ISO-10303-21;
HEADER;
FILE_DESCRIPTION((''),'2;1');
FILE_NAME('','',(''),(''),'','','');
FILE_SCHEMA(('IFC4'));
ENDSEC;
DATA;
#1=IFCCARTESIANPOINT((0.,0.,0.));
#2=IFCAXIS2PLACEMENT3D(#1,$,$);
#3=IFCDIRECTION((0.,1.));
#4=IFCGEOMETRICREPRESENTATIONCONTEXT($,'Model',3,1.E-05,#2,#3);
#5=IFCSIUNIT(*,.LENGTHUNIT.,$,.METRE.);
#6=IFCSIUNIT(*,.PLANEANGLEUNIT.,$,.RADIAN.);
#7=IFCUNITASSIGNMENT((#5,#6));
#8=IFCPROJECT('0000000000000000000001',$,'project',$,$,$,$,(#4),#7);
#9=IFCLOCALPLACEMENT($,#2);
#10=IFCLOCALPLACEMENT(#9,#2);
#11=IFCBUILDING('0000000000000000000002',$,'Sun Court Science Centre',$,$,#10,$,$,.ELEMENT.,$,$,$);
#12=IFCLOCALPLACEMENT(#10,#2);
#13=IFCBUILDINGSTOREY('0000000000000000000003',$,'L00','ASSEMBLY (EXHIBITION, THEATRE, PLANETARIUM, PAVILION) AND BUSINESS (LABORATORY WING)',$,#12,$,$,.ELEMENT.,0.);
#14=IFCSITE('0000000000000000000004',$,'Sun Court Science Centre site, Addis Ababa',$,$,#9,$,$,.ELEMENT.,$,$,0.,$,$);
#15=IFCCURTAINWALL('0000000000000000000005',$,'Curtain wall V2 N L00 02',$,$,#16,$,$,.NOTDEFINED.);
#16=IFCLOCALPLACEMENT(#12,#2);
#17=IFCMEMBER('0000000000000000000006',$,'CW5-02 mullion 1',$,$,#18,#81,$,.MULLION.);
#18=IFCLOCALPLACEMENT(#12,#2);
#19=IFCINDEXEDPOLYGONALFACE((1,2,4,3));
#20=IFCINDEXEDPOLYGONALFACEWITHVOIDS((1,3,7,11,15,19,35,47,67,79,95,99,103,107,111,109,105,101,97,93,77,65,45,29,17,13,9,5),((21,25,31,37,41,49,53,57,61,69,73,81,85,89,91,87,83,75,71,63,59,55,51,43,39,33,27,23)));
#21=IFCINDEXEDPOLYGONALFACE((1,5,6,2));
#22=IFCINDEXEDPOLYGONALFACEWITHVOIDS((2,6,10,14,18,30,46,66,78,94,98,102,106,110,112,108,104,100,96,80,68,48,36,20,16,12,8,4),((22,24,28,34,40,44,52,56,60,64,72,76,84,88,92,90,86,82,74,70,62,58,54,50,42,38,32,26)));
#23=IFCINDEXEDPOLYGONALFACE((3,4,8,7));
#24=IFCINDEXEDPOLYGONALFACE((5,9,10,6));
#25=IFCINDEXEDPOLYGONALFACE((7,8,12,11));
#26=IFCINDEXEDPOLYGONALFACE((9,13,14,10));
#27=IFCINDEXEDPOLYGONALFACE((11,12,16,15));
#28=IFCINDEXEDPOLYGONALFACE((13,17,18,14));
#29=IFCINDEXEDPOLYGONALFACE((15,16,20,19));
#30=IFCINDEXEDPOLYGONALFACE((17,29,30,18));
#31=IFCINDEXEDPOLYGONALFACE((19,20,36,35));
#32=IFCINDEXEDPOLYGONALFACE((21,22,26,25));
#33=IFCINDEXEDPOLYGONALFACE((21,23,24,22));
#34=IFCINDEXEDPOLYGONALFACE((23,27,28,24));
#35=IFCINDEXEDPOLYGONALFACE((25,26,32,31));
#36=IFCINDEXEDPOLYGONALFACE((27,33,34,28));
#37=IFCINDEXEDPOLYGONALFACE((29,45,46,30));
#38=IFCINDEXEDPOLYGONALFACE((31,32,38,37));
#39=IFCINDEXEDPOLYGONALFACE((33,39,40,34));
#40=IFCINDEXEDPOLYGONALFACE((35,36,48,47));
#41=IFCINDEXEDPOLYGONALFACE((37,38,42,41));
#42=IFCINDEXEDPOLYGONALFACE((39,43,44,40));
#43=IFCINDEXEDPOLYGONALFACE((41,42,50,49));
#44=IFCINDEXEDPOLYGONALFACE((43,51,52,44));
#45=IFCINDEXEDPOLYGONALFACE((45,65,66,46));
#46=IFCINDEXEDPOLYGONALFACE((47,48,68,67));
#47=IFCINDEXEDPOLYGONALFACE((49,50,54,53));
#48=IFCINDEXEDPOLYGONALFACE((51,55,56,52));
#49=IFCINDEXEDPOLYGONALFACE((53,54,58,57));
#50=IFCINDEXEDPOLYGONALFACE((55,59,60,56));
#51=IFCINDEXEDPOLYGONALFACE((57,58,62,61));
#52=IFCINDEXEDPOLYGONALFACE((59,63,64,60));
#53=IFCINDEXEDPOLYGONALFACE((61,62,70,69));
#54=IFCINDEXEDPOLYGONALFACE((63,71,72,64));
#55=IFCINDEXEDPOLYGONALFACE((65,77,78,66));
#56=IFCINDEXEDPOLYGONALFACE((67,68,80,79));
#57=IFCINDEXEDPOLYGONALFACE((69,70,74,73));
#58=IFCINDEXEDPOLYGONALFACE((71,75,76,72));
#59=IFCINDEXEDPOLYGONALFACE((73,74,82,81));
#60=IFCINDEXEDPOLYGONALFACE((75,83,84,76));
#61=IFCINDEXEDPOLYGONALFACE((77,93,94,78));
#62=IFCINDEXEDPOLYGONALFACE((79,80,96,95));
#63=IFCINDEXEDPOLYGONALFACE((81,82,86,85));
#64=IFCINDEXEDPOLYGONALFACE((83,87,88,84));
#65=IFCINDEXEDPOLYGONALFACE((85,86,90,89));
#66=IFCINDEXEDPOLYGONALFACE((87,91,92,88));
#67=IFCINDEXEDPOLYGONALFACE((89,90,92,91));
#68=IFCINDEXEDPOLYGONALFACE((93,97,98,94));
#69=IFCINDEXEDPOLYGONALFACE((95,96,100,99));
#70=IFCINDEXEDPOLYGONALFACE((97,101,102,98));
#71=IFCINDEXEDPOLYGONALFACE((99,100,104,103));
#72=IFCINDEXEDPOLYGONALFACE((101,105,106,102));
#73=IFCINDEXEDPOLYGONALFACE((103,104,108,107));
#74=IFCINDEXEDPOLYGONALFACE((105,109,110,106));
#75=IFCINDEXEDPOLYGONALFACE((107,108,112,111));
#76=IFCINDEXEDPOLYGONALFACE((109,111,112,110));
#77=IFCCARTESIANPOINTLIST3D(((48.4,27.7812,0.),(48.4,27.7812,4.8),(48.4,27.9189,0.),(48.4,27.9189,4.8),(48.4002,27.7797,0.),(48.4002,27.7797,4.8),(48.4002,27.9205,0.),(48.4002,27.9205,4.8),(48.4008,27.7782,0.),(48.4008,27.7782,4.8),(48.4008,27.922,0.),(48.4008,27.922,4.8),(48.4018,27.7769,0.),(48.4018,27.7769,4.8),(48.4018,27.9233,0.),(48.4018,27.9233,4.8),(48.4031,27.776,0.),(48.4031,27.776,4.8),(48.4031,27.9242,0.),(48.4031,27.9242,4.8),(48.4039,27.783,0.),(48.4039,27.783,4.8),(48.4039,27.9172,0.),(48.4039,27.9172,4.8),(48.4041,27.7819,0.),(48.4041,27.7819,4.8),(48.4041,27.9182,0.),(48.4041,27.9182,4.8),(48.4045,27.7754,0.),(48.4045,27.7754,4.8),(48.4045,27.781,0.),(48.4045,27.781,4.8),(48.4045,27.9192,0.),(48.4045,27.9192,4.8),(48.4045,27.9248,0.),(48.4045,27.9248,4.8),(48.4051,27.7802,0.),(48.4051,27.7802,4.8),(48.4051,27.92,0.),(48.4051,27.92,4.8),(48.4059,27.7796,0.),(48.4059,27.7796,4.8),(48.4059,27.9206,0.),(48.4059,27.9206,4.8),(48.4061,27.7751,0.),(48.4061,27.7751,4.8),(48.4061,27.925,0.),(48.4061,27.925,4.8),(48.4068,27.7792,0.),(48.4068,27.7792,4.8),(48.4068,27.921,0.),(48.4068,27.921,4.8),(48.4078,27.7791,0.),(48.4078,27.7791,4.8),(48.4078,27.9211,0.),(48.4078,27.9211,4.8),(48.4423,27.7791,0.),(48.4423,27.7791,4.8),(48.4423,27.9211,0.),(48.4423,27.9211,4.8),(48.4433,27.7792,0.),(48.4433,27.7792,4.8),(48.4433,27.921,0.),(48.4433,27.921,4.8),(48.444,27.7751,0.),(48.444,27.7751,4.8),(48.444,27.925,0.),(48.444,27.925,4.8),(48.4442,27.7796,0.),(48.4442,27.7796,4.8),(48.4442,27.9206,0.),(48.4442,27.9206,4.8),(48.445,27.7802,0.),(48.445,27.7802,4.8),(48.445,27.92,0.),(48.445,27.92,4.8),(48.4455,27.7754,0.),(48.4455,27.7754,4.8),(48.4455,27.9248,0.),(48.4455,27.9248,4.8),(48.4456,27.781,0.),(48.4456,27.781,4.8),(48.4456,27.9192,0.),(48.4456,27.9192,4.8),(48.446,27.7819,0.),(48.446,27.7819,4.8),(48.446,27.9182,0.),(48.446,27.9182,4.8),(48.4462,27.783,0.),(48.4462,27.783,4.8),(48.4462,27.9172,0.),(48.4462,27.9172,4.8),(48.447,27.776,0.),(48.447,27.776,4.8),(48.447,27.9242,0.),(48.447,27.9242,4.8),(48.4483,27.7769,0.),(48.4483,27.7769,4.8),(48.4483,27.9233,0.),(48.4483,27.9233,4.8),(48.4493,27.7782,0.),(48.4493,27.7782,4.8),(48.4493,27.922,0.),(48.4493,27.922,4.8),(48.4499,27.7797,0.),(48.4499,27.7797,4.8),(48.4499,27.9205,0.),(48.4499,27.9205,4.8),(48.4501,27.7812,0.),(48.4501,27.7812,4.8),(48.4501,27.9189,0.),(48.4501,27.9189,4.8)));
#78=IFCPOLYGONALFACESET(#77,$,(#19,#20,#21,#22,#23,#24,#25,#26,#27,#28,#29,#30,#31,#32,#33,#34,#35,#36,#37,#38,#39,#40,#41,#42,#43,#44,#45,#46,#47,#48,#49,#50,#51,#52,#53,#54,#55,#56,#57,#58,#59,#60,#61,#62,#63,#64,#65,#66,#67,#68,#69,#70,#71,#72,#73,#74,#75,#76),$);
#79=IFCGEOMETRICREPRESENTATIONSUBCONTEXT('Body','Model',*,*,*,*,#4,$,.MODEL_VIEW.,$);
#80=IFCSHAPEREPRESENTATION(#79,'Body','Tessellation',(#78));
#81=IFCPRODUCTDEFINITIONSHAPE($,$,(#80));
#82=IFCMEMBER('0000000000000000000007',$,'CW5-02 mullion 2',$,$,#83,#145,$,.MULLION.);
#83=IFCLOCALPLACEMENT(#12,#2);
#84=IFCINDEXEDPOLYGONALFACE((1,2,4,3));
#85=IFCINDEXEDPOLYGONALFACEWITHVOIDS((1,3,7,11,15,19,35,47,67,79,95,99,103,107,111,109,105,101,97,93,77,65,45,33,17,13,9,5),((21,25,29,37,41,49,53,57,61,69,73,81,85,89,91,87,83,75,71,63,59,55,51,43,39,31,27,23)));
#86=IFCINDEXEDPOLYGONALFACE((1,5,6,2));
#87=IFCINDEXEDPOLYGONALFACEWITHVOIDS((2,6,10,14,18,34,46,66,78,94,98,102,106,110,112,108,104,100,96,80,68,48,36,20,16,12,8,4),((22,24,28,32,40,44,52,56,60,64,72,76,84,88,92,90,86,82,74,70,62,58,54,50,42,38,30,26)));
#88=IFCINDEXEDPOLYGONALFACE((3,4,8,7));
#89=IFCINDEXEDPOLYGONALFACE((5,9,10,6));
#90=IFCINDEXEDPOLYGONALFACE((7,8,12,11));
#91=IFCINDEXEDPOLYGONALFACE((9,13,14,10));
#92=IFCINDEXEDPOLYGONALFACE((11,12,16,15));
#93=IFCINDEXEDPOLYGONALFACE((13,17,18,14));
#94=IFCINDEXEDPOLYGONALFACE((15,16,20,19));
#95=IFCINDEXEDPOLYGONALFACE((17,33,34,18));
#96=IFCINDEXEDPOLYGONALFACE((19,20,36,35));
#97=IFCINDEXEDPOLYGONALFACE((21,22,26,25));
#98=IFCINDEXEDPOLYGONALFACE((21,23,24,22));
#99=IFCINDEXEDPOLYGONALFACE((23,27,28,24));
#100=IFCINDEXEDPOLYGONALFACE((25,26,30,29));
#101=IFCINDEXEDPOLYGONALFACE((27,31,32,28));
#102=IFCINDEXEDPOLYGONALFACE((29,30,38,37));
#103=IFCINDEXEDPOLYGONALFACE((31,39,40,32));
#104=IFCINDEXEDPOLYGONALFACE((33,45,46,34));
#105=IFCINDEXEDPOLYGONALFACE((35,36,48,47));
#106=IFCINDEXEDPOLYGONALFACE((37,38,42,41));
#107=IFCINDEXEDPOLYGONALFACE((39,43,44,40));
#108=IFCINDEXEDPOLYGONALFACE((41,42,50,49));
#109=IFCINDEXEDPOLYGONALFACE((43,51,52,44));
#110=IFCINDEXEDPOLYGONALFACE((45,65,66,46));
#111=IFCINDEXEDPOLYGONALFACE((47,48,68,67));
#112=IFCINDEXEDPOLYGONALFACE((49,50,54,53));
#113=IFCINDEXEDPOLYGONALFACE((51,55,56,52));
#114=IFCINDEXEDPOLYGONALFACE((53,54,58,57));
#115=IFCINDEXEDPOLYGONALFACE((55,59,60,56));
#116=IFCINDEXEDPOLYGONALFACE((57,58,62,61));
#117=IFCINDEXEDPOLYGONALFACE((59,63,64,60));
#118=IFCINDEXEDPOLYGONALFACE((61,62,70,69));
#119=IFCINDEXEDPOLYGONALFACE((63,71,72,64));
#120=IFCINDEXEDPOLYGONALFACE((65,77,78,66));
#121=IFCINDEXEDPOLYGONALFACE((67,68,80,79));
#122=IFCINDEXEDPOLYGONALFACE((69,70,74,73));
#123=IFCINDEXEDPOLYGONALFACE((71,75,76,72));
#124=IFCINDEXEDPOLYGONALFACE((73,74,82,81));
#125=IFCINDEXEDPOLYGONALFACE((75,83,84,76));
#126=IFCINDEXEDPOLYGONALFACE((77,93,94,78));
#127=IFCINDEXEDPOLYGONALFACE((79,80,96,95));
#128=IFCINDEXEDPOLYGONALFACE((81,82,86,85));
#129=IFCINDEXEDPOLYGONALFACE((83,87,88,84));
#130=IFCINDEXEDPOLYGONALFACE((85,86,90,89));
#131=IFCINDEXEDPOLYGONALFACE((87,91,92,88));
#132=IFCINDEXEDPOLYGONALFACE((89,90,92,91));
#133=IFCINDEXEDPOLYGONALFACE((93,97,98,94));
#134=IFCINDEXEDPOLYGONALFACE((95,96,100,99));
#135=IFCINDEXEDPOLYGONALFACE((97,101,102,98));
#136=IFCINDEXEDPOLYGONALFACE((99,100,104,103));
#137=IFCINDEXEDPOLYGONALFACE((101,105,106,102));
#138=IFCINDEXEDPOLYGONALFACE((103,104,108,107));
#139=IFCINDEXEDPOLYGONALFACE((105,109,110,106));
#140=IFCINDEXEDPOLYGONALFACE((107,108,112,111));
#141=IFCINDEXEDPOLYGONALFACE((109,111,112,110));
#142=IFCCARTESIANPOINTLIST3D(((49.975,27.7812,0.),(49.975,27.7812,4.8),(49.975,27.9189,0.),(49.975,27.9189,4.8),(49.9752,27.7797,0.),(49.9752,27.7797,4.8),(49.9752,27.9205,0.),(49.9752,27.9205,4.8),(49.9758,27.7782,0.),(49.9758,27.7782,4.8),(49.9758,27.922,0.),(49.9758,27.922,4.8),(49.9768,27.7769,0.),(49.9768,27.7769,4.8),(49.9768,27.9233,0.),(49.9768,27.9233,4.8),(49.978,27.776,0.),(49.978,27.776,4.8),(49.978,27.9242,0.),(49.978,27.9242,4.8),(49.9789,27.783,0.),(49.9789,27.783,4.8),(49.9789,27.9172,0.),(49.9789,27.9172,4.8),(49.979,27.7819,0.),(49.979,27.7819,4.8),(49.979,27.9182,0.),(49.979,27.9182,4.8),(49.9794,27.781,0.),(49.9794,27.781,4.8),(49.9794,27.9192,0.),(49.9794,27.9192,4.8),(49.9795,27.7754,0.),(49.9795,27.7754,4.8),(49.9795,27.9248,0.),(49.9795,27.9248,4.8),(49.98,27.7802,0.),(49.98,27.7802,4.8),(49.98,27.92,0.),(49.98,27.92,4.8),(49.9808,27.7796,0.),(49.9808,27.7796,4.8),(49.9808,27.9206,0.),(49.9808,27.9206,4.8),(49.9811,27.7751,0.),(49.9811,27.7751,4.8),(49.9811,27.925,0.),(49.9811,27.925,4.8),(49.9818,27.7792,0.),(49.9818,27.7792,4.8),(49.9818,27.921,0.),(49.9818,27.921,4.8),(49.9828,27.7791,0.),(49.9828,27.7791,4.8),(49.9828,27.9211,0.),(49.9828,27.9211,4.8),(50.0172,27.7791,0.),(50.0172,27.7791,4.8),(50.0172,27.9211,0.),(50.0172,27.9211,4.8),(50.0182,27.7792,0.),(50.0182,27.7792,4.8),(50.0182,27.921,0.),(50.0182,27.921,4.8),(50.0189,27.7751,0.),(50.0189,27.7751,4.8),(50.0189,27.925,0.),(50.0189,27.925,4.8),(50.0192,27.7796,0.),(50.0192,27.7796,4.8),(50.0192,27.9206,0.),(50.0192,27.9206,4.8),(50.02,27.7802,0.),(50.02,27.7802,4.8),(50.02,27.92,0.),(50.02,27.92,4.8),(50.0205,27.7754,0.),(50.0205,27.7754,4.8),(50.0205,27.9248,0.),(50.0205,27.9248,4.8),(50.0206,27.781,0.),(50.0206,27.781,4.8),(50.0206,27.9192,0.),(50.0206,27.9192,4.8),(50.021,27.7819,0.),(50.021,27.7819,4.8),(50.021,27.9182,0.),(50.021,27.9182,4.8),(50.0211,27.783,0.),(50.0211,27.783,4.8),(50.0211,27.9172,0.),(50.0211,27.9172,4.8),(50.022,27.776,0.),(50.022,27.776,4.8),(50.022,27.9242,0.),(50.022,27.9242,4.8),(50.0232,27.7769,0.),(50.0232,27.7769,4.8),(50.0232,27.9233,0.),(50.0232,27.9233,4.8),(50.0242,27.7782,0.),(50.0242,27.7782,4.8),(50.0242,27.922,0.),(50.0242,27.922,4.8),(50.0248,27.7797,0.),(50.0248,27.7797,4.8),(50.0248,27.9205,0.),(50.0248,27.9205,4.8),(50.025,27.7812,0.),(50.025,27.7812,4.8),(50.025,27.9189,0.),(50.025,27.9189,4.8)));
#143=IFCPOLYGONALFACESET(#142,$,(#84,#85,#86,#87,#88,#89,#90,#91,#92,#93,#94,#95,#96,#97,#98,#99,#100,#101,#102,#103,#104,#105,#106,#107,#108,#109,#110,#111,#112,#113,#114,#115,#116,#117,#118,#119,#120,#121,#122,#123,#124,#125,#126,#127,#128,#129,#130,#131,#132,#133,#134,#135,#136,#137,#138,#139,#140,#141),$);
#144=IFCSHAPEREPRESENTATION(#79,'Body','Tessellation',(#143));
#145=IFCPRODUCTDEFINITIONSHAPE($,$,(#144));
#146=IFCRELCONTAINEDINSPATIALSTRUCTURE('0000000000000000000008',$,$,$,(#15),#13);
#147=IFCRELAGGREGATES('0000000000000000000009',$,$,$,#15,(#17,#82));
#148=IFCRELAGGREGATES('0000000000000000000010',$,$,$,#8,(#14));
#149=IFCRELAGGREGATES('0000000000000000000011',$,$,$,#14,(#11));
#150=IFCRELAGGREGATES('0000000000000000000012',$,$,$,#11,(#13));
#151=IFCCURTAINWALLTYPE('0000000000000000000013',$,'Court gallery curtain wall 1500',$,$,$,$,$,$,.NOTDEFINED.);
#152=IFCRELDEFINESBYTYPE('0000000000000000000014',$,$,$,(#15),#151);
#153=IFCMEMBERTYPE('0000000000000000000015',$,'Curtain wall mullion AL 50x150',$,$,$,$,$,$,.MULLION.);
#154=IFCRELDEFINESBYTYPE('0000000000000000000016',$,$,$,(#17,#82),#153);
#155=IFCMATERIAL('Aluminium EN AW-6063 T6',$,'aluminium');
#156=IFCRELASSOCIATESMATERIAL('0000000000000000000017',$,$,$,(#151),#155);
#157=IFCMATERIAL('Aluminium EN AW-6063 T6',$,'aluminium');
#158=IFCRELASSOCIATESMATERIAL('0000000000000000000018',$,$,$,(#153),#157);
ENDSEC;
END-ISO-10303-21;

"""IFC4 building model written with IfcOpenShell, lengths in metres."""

from ifc_helpers import new_model, si_unit, direction, frame, origin, origin_2d, place, context, subcontext, project, spatial, hollow_rectangle, extrude, material, material_profile, profile_set, type_object, element, aggregate, save


model = new_model("IFC4")

# Units and contexts
model_context = context("Model", 3, precision=1e-05, world=origin(), true_north=direction((0.0, 1.0)))
body_context = subcontext(model_context, "Body", "Model", "MODEL_VIEW")
ifc_project = project(units=[si_unit("LENGTHUNIT", "METRE"), si_unit("PLANEANGLEUNIT", "RADIAN")], contexts=[model_context])

# Site, building, storey
site_placement = place(None, origin())
site = spatial("IfcSite", under=ifc_project, at=site_placement, Name="Sun Court Science Centre site, Addis Ababa", CompositionType="ELEMENT", RefElevation=0.0)
building_placement = place(site_placement, origin())
building = spatial("IfcBuilding", under=site, at=building_placement, Name="Sun Court Science Centre", CompositionType="ELEMENT")
storey_placement = place(building_placement, origin())
storey = spatial("IfcBuildingStorey", under=building, at=storey_placement, Name="L00", Description="ASSEMBLY (EXHIBITION, THEATRE, PLANETARIUM, PAVILION) AND BUSINESS (LABORATORY WING)", CompositionType="ELEMENT", Elevation=0.0)

# Curtain wall, members
ifc_material_1 = material(Name="Aluminium EN AW-6063 T6", Category="aluminium")
curtain_wall_type = type_object("IfcCurtainWallType", Name="Court gallery curtain wall 1500", PredefinedType="NOTDEFINED", material=ifc_material_1)
curtain_wall_placement = place(storey_placement, origin())
curtain_wall = element("IfcCurtainWall", 1, at=curtain_wall_placement, inside=storey, type_object=curtain_wall_type, Name="Curtain wall V2 N L00 02", PredefinedType="NOTDEFINED")
ifc_material_2 = material(Name="Aluminium EN AW-6063 T6", Category="aluminium")
ifc_material_profile_1 = material_profile(ifc_material_2, hollow_rectangle(XDim=0.05, YDim=0.1499, WallThickness=0.0039, InnerFilletRadius=0.0039, OuterFilletRadius=0.0061, at=origin_2d()), Name="AL 50x150x4")
ifc_profile_set_1 = profile_set([ifc_material_profile_1], Name="Aluminium EN AW-6063 T6")
member_type_1 = type_object("IfcMemberType", Name="Curtain wall mullion AL 50x150", PredefinedType="MULLION", material=ifc_profile_set_1)
member_1_placement = place(storey_placement, frame((48.425, 27.8501, 0.0), z_axis=(0.0, 0.0, 1.0), x_axis=(1.0, 0.0, 0.0)))
member_1 = element("IfcMember", 2, at=member_1_placement, type_object=member_type_1, Name="CW5-02 mullion 1", PredefinedType="MULLION", context=body_context, shape_type="SweptSolid", body=[
    extrude(hollow_rectangle(XDim=0.05, YDim=0.1499, WallThickness=0.0039, InnerFilletRadius=0.0039, OuterFilletRadius=0.0061, at=origin_2d()), origin(), (0.0, 0.0, 1.0), 4.8),
])
member_2_placement = place(storey_placement, frame((50.0, 27.8501, 0.0), z_axis=(0.0, 0.0, 1.0), x_axis=(1.0, 0.0, 0.0)))
member_2 = element("IfcMember", 3, at=member_2_placement, type_object=member_type_1, Name="CW5-02 mullion 2", PredefinedType="MULLION", context=body_context, shape_type="SweptSolid", body=[
    extrude(hollow_rectangle(XDim=0.05, YDim=0.1499, WallThickness=0.0039, InnerFilletRadius=0.0039, OuterFilletRadius=0.0061, at=origin_2d()), origin(), (0.0, 0.0, 1.0), 4.8),
])
aggregate(curtain_wall, [member_1, member_2])

save(model, "model.ifc")
